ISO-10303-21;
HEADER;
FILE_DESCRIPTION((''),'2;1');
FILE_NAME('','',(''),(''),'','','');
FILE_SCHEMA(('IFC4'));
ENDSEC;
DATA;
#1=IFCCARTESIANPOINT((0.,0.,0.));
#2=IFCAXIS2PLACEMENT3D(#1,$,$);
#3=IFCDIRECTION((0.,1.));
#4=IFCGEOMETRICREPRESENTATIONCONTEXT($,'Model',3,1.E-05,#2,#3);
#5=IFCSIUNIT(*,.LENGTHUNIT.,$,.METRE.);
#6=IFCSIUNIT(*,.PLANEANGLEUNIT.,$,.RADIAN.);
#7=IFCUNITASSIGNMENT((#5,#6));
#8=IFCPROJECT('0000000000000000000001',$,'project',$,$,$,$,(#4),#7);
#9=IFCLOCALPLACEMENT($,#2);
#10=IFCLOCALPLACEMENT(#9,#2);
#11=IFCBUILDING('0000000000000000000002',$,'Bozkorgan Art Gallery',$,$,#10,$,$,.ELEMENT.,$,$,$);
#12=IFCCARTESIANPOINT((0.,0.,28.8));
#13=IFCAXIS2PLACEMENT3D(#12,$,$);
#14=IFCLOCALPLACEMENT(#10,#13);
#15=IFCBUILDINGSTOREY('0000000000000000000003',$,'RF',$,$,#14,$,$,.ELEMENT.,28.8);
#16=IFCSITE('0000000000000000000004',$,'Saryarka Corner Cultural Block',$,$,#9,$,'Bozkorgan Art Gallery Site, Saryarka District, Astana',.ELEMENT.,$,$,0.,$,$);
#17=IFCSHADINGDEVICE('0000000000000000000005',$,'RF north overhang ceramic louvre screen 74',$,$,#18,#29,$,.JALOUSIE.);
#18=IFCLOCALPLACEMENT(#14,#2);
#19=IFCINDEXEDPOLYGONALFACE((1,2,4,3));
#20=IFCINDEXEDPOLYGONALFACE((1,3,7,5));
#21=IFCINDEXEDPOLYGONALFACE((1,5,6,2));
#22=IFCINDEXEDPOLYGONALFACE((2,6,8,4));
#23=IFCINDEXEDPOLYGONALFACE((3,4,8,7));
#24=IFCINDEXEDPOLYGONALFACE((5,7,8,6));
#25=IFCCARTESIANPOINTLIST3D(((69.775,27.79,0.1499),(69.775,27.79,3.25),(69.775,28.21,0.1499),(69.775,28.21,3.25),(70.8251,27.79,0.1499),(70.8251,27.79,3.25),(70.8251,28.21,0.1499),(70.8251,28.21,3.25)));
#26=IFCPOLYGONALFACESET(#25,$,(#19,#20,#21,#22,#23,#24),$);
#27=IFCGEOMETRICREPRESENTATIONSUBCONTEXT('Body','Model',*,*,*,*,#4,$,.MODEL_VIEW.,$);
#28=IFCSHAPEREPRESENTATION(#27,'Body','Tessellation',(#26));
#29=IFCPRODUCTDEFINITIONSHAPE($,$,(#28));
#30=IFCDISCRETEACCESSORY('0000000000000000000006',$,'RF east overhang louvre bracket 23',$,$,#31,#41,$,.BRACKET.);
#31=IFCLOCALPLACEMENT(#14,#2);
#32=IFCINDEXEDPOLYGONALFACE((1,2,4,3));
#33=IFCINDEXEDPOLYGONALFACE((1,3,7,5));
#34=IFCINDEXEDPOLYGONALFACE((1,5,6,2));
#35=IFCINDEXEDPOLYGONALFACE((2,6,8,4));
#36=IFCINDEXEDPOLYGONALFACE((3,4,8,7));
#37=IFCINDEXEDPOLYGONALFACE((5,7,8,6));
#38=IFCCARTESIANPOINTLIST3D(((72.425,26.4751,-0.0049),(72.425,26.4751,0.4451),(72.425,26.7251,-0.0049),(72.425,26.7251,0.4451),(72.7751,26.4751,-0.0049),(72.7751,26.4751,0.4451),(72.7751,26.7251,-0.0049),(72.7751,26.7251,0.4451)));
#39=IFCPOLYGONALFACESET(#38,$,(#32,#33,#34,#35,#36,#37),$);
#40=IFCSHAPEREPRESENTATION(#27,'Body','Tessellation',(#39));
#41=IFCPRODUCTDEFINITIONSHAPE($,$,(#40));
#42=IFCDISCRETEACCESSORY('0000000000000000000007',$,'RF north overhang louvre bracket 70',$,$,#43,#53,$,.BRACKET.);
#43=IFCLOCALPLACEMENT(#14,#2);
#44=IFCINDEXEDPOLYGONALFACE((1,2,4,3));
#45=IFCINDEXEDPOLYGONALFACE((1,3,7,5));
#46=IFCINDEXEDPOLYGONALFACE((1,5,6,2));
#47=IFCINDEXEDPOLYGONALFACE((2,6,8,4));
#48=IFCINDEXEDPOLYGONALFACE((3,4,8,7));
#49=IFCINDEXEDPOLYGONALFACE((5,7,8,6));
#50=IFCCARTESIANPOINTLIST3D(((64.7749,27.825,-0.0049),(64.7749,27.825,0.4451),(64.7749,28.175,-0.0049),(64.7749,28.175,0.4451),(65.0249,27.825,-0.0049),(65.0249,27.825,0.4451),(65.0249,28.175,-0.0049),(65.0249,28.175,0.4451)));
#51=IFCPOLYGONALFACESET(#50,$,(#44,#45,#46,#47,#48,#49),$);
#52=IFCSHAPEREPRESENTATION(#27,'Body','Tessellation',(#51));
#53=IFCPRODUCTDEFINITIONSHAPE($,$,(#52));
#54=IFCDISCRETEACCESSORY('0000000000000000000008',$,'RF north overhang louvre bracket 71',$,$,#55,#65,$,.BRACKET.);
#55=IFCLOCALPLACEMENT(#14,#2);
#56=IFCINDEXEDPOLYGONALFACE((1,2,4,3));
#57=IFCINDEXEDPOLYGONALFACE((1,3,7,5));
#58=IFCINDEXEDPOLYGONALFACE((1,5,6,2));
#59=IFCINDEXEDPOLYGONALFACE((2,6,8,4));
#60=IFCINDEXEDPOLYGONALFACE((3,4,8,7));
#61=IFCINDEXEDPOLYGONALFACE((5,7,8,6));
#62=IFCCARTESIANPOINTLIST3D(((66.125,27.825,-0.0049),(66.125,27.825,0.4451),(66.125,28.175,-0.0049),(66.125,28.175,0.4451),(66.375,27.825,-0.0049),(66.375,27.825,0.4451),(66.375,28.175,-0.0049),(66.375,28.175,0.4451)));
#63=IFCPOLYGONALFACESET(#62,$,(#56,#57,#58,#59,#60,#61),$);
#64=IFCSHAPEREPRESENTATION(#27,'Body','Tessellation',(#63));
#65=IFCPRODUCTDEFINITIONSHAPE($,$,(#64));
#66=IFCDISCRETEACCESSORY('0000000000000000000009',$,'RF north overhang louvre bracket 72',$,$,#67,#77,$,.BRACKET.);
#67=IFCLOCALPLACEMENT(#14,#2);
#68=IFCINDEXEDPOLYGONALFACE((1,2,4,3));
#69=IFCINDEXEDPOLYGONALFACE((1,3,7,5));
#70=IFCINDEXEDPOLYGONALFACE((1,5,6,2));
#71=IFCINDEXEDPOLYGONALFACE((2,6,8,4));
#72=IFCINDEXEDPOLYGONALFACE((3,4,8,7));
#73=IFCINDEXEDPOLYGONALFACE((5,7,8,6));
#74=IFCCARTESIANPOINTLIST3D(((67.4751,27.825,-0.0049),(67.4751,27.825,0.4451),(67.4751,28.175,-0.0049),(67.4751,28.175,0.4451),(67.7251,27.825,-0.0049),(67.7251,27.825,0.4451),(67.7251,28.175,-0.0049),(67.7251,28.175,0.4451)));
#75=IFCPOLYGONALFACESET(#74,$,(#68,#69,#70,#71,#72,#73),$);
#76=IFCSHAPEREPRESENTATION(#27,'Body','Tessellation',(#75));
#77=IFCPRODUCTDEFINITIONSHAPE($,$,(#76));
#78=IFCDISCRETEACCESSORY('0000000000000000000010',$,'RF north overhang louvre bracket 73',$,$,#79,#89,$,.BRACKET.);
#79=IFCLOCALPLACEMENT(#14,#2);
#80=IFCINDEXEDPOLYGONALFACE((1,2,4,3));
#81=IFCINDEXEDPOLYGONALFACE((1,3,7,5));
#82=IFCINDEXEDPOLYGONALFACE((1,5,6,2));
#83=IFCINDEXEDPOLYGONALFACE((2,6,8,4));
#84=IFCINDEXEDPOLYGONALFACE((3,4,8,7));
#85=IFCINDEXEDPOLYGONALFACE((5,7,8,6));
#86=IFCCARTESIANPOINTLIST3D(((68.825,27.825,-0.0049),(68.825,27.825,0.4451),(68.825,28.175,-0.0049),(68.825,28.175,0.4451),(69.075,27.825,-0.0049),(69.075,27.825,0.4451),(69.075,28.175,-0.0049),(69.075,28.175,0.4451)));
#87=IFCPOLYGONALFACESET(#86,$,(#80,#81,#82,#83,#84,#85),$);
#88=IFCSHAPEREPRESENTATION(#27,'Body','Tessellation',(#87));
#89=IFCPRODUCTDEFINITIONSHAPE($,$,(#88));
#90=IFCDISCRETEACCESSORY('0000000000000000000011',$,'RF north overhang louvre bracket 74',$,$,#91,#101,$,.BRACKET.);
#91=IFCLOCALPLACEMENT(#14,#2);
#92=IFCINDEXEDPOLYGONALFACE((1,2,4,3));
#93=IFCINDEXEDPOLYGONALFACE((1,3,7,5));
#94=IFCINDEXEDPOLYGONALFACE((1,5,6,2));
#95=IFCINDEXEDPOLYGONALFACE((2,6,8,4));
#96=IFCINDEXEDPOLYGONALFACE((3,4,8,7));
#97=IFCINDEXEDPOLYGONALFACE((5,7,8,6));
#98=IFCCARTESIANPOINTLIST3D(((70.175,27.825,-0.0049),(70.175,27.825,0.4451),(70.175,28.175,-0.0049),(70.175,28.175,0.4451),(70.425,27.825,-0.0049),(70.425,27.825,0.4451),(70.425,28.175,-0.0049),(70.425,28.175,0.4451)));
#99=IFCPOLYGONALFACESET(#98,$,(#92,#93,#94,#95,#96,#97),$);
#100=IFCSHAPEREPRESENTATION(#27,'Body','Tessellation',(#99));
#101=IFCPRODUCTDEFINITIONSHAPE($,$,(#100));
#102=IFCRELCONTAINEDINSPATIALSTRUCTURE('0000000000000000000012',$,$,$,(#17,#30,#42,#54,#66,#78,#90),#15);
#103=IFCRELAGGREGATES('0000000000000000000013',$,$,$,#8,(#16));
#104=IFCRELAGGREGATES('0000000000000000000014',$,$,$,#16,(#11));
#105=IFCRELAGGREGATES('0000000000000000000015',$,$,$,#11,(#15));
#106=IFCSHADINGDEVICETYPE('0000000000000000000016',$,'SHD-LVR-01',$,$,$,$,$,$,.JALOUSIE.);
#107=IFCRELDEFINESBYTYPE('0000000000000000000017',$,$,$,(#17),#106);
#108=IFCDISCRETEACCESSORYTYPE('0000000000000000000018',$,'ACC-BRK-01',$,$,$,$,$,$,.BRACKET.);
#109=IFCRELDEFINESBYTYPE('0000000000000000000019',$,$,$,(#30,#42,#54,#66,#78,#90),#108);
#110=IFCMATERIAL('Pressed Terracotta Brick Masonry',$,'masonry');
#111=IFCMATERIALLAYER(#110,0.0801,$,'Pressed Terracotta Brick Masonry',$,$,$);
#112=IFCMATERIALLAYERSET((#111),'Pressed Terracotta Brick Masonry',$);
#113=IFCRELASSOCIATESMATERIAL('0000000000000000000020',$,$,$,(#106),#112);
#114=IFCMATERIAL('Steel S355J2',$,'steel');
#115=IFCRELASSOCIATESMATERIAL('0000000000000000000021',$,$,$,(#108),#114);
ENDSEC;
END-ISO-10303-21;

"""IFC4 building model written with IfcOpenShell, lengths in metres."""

from ifc_helpers import new_model, si_unit, direction, frame, origin, origin_2d, place, context, subcontext, project, spatial, rectangle, extrude, material, layer, layer_set, type_object, element, save


model = new_model("IFC4")

# Units and contexts
model_context = context("Model", 3, precision=1e-05, world=origin(), true_north=direction((0.0, 1.0)))
body_context = subcontext(model_context, "Body", "Model", "MODEL_VIEW")
ifc_project = project(units=[si_unit("LENGTHUNIT", "METRE"), si_unit("PLANEANGLEUNIT", "RADIAN")], contexts=[model_context])

# Site, building, storey
site_placement = place(None, origin())
site = spatial("IfcSite", under=ifc_project, at=site_placement, Name="Saryarka Corner Cultural Block", LongName="Bozkorgan Art Gallery Site, Saryarka District, Astana", CompositionType="ELEMENT", RefElevation=0.0)
building_placement = place(site_placement, origin())
building = spatial("IfcBuilding", under=site, at=building_placement, Name="Bozkorgan Art Gallery", CompositionType="ELEMENT")
storey_placement = place(building_placement, frame((0.0, 0.0, 28.8)))
storey = spatial("IfcBuildingStorey", under=building, at=storey_placement, Name="RF", CompositionType="ELEMENT", Elevation=28.8)

# Shared definitions
ifc_material_1 = material(Name="Steel S355J2", Category="steel")

# Shading device
ifc_material_2 = material(Name="Pressed Terracotta Brick Masonry", Category="masonry")
ifc_layer_1 = layer(ifc_material_2, 0.0801, Name="Pressed Terracotta Brick Masonry")
ifc_layer_set_1 = layer_set([ifc_layer_1], Name="Pressed Terracotta Brick Masonry")
shading_device_type = type_object("IfcShadingDeviceType", Name="SHD-LVR-01", PredefinedType="JALOUSIE", material=ifc_layer_set_1)
for number, where, z_axis, x_axis, name in (
    (1, (70.3, 28.0, 0.1499), (0.0, 0.0, 1.0), (1.0, 0.0, 0.0), "RF north overhang ceramic louvre screen 74"),
):
    element("IfcShadingDevice", number, at=place(storey_placement, frame(where, z_axis=z_axis, x_axis=x_axis)), inside=storey, type_object=shading_device_type, Name=name, PredefinedType="JALOUSIE", context=body_context, shape_type="SweptSolid", body=[
        extrude(rectangle(XDim=1.05, YDim=0.4199, at=origin_2d()), origin(), (0.0, 0.0, 1.0), 3.1001),
    ])

# Discrete accessories
discrete_accessory_type = type_object("IfcDiscreteAccessoryType", Name="ACC-BRK-01", PredefinedType="BRACKET", material=ifc_material_1)
discrete_accessory_placement = place(storey_placement, frame((72.6001, 26.6001, -0.0049), z_axis=(0.0, 0.0, 1.0), x_axis=(1.0, 0.0, 0.0)))
element("IfcDiscreteAccessory", 2, at=discrete_accessory_placement, inside=storey, type_object=discrete_accessory_type, Name="RF east overhang louvre bracket 23", PredefinedType="BRACKET", context=body_context, shape_type="SweptSolid", body=[
    extrude(rectangle(XDim=0.3501, YDim=0.25, at=origin_2d()), origin(), (0.0, 0.0, 1.0), 0.45),
])
for number, where, z_axis, x_axis, name in (
    (3, (64.8999, 28.0, -0.0049), (0.0, 0.0, 1.0), (1.0, 0.0, 0.0), "RF north overhang louvre bracket 70"),
    (4, (66.25, 28.0, -0.0049), (0.0, 0.0, 1.0), (1.0, 0.0, 0.0), "RF north overhang louvre bracket 71"),
    (5, (67.6001, 28.0, -0.0049), (0.0, 0.0, 1.0), (1.0, 0.0, 0.0), "RF north overhang louvre bracket 72"),
    (6, (68.95, 28.0, -0.0049), (0.0, 0.0, 1.0), (1.0, 0.0, 0.0), "RF north overhang louvre bracket 73"),
    (7, (70.3, 28.0, -0.0049), (0.0, 0.0, 1.0), (1.0, 0.0, 0.0), "RF north overhang louvre bracket 74"),
):
    element("IfcDiscreteAccessory", number, at=place(storey_placement, frame(where, z_axis=z_axis, x_axis=x_axis)), inside=storey, type_object=discrete_accessory_type, Name=name, PredefinedType="BRACKET", context=body_context, shape_type="SweptSolid", body=[
        extrude(rectangle(XDim=0.25, YDim=0.3501, at=origin_2d()), origin(), (0.0, 0.0, 1.0), 0.45),
    ])

save(model, "model.ifc")
